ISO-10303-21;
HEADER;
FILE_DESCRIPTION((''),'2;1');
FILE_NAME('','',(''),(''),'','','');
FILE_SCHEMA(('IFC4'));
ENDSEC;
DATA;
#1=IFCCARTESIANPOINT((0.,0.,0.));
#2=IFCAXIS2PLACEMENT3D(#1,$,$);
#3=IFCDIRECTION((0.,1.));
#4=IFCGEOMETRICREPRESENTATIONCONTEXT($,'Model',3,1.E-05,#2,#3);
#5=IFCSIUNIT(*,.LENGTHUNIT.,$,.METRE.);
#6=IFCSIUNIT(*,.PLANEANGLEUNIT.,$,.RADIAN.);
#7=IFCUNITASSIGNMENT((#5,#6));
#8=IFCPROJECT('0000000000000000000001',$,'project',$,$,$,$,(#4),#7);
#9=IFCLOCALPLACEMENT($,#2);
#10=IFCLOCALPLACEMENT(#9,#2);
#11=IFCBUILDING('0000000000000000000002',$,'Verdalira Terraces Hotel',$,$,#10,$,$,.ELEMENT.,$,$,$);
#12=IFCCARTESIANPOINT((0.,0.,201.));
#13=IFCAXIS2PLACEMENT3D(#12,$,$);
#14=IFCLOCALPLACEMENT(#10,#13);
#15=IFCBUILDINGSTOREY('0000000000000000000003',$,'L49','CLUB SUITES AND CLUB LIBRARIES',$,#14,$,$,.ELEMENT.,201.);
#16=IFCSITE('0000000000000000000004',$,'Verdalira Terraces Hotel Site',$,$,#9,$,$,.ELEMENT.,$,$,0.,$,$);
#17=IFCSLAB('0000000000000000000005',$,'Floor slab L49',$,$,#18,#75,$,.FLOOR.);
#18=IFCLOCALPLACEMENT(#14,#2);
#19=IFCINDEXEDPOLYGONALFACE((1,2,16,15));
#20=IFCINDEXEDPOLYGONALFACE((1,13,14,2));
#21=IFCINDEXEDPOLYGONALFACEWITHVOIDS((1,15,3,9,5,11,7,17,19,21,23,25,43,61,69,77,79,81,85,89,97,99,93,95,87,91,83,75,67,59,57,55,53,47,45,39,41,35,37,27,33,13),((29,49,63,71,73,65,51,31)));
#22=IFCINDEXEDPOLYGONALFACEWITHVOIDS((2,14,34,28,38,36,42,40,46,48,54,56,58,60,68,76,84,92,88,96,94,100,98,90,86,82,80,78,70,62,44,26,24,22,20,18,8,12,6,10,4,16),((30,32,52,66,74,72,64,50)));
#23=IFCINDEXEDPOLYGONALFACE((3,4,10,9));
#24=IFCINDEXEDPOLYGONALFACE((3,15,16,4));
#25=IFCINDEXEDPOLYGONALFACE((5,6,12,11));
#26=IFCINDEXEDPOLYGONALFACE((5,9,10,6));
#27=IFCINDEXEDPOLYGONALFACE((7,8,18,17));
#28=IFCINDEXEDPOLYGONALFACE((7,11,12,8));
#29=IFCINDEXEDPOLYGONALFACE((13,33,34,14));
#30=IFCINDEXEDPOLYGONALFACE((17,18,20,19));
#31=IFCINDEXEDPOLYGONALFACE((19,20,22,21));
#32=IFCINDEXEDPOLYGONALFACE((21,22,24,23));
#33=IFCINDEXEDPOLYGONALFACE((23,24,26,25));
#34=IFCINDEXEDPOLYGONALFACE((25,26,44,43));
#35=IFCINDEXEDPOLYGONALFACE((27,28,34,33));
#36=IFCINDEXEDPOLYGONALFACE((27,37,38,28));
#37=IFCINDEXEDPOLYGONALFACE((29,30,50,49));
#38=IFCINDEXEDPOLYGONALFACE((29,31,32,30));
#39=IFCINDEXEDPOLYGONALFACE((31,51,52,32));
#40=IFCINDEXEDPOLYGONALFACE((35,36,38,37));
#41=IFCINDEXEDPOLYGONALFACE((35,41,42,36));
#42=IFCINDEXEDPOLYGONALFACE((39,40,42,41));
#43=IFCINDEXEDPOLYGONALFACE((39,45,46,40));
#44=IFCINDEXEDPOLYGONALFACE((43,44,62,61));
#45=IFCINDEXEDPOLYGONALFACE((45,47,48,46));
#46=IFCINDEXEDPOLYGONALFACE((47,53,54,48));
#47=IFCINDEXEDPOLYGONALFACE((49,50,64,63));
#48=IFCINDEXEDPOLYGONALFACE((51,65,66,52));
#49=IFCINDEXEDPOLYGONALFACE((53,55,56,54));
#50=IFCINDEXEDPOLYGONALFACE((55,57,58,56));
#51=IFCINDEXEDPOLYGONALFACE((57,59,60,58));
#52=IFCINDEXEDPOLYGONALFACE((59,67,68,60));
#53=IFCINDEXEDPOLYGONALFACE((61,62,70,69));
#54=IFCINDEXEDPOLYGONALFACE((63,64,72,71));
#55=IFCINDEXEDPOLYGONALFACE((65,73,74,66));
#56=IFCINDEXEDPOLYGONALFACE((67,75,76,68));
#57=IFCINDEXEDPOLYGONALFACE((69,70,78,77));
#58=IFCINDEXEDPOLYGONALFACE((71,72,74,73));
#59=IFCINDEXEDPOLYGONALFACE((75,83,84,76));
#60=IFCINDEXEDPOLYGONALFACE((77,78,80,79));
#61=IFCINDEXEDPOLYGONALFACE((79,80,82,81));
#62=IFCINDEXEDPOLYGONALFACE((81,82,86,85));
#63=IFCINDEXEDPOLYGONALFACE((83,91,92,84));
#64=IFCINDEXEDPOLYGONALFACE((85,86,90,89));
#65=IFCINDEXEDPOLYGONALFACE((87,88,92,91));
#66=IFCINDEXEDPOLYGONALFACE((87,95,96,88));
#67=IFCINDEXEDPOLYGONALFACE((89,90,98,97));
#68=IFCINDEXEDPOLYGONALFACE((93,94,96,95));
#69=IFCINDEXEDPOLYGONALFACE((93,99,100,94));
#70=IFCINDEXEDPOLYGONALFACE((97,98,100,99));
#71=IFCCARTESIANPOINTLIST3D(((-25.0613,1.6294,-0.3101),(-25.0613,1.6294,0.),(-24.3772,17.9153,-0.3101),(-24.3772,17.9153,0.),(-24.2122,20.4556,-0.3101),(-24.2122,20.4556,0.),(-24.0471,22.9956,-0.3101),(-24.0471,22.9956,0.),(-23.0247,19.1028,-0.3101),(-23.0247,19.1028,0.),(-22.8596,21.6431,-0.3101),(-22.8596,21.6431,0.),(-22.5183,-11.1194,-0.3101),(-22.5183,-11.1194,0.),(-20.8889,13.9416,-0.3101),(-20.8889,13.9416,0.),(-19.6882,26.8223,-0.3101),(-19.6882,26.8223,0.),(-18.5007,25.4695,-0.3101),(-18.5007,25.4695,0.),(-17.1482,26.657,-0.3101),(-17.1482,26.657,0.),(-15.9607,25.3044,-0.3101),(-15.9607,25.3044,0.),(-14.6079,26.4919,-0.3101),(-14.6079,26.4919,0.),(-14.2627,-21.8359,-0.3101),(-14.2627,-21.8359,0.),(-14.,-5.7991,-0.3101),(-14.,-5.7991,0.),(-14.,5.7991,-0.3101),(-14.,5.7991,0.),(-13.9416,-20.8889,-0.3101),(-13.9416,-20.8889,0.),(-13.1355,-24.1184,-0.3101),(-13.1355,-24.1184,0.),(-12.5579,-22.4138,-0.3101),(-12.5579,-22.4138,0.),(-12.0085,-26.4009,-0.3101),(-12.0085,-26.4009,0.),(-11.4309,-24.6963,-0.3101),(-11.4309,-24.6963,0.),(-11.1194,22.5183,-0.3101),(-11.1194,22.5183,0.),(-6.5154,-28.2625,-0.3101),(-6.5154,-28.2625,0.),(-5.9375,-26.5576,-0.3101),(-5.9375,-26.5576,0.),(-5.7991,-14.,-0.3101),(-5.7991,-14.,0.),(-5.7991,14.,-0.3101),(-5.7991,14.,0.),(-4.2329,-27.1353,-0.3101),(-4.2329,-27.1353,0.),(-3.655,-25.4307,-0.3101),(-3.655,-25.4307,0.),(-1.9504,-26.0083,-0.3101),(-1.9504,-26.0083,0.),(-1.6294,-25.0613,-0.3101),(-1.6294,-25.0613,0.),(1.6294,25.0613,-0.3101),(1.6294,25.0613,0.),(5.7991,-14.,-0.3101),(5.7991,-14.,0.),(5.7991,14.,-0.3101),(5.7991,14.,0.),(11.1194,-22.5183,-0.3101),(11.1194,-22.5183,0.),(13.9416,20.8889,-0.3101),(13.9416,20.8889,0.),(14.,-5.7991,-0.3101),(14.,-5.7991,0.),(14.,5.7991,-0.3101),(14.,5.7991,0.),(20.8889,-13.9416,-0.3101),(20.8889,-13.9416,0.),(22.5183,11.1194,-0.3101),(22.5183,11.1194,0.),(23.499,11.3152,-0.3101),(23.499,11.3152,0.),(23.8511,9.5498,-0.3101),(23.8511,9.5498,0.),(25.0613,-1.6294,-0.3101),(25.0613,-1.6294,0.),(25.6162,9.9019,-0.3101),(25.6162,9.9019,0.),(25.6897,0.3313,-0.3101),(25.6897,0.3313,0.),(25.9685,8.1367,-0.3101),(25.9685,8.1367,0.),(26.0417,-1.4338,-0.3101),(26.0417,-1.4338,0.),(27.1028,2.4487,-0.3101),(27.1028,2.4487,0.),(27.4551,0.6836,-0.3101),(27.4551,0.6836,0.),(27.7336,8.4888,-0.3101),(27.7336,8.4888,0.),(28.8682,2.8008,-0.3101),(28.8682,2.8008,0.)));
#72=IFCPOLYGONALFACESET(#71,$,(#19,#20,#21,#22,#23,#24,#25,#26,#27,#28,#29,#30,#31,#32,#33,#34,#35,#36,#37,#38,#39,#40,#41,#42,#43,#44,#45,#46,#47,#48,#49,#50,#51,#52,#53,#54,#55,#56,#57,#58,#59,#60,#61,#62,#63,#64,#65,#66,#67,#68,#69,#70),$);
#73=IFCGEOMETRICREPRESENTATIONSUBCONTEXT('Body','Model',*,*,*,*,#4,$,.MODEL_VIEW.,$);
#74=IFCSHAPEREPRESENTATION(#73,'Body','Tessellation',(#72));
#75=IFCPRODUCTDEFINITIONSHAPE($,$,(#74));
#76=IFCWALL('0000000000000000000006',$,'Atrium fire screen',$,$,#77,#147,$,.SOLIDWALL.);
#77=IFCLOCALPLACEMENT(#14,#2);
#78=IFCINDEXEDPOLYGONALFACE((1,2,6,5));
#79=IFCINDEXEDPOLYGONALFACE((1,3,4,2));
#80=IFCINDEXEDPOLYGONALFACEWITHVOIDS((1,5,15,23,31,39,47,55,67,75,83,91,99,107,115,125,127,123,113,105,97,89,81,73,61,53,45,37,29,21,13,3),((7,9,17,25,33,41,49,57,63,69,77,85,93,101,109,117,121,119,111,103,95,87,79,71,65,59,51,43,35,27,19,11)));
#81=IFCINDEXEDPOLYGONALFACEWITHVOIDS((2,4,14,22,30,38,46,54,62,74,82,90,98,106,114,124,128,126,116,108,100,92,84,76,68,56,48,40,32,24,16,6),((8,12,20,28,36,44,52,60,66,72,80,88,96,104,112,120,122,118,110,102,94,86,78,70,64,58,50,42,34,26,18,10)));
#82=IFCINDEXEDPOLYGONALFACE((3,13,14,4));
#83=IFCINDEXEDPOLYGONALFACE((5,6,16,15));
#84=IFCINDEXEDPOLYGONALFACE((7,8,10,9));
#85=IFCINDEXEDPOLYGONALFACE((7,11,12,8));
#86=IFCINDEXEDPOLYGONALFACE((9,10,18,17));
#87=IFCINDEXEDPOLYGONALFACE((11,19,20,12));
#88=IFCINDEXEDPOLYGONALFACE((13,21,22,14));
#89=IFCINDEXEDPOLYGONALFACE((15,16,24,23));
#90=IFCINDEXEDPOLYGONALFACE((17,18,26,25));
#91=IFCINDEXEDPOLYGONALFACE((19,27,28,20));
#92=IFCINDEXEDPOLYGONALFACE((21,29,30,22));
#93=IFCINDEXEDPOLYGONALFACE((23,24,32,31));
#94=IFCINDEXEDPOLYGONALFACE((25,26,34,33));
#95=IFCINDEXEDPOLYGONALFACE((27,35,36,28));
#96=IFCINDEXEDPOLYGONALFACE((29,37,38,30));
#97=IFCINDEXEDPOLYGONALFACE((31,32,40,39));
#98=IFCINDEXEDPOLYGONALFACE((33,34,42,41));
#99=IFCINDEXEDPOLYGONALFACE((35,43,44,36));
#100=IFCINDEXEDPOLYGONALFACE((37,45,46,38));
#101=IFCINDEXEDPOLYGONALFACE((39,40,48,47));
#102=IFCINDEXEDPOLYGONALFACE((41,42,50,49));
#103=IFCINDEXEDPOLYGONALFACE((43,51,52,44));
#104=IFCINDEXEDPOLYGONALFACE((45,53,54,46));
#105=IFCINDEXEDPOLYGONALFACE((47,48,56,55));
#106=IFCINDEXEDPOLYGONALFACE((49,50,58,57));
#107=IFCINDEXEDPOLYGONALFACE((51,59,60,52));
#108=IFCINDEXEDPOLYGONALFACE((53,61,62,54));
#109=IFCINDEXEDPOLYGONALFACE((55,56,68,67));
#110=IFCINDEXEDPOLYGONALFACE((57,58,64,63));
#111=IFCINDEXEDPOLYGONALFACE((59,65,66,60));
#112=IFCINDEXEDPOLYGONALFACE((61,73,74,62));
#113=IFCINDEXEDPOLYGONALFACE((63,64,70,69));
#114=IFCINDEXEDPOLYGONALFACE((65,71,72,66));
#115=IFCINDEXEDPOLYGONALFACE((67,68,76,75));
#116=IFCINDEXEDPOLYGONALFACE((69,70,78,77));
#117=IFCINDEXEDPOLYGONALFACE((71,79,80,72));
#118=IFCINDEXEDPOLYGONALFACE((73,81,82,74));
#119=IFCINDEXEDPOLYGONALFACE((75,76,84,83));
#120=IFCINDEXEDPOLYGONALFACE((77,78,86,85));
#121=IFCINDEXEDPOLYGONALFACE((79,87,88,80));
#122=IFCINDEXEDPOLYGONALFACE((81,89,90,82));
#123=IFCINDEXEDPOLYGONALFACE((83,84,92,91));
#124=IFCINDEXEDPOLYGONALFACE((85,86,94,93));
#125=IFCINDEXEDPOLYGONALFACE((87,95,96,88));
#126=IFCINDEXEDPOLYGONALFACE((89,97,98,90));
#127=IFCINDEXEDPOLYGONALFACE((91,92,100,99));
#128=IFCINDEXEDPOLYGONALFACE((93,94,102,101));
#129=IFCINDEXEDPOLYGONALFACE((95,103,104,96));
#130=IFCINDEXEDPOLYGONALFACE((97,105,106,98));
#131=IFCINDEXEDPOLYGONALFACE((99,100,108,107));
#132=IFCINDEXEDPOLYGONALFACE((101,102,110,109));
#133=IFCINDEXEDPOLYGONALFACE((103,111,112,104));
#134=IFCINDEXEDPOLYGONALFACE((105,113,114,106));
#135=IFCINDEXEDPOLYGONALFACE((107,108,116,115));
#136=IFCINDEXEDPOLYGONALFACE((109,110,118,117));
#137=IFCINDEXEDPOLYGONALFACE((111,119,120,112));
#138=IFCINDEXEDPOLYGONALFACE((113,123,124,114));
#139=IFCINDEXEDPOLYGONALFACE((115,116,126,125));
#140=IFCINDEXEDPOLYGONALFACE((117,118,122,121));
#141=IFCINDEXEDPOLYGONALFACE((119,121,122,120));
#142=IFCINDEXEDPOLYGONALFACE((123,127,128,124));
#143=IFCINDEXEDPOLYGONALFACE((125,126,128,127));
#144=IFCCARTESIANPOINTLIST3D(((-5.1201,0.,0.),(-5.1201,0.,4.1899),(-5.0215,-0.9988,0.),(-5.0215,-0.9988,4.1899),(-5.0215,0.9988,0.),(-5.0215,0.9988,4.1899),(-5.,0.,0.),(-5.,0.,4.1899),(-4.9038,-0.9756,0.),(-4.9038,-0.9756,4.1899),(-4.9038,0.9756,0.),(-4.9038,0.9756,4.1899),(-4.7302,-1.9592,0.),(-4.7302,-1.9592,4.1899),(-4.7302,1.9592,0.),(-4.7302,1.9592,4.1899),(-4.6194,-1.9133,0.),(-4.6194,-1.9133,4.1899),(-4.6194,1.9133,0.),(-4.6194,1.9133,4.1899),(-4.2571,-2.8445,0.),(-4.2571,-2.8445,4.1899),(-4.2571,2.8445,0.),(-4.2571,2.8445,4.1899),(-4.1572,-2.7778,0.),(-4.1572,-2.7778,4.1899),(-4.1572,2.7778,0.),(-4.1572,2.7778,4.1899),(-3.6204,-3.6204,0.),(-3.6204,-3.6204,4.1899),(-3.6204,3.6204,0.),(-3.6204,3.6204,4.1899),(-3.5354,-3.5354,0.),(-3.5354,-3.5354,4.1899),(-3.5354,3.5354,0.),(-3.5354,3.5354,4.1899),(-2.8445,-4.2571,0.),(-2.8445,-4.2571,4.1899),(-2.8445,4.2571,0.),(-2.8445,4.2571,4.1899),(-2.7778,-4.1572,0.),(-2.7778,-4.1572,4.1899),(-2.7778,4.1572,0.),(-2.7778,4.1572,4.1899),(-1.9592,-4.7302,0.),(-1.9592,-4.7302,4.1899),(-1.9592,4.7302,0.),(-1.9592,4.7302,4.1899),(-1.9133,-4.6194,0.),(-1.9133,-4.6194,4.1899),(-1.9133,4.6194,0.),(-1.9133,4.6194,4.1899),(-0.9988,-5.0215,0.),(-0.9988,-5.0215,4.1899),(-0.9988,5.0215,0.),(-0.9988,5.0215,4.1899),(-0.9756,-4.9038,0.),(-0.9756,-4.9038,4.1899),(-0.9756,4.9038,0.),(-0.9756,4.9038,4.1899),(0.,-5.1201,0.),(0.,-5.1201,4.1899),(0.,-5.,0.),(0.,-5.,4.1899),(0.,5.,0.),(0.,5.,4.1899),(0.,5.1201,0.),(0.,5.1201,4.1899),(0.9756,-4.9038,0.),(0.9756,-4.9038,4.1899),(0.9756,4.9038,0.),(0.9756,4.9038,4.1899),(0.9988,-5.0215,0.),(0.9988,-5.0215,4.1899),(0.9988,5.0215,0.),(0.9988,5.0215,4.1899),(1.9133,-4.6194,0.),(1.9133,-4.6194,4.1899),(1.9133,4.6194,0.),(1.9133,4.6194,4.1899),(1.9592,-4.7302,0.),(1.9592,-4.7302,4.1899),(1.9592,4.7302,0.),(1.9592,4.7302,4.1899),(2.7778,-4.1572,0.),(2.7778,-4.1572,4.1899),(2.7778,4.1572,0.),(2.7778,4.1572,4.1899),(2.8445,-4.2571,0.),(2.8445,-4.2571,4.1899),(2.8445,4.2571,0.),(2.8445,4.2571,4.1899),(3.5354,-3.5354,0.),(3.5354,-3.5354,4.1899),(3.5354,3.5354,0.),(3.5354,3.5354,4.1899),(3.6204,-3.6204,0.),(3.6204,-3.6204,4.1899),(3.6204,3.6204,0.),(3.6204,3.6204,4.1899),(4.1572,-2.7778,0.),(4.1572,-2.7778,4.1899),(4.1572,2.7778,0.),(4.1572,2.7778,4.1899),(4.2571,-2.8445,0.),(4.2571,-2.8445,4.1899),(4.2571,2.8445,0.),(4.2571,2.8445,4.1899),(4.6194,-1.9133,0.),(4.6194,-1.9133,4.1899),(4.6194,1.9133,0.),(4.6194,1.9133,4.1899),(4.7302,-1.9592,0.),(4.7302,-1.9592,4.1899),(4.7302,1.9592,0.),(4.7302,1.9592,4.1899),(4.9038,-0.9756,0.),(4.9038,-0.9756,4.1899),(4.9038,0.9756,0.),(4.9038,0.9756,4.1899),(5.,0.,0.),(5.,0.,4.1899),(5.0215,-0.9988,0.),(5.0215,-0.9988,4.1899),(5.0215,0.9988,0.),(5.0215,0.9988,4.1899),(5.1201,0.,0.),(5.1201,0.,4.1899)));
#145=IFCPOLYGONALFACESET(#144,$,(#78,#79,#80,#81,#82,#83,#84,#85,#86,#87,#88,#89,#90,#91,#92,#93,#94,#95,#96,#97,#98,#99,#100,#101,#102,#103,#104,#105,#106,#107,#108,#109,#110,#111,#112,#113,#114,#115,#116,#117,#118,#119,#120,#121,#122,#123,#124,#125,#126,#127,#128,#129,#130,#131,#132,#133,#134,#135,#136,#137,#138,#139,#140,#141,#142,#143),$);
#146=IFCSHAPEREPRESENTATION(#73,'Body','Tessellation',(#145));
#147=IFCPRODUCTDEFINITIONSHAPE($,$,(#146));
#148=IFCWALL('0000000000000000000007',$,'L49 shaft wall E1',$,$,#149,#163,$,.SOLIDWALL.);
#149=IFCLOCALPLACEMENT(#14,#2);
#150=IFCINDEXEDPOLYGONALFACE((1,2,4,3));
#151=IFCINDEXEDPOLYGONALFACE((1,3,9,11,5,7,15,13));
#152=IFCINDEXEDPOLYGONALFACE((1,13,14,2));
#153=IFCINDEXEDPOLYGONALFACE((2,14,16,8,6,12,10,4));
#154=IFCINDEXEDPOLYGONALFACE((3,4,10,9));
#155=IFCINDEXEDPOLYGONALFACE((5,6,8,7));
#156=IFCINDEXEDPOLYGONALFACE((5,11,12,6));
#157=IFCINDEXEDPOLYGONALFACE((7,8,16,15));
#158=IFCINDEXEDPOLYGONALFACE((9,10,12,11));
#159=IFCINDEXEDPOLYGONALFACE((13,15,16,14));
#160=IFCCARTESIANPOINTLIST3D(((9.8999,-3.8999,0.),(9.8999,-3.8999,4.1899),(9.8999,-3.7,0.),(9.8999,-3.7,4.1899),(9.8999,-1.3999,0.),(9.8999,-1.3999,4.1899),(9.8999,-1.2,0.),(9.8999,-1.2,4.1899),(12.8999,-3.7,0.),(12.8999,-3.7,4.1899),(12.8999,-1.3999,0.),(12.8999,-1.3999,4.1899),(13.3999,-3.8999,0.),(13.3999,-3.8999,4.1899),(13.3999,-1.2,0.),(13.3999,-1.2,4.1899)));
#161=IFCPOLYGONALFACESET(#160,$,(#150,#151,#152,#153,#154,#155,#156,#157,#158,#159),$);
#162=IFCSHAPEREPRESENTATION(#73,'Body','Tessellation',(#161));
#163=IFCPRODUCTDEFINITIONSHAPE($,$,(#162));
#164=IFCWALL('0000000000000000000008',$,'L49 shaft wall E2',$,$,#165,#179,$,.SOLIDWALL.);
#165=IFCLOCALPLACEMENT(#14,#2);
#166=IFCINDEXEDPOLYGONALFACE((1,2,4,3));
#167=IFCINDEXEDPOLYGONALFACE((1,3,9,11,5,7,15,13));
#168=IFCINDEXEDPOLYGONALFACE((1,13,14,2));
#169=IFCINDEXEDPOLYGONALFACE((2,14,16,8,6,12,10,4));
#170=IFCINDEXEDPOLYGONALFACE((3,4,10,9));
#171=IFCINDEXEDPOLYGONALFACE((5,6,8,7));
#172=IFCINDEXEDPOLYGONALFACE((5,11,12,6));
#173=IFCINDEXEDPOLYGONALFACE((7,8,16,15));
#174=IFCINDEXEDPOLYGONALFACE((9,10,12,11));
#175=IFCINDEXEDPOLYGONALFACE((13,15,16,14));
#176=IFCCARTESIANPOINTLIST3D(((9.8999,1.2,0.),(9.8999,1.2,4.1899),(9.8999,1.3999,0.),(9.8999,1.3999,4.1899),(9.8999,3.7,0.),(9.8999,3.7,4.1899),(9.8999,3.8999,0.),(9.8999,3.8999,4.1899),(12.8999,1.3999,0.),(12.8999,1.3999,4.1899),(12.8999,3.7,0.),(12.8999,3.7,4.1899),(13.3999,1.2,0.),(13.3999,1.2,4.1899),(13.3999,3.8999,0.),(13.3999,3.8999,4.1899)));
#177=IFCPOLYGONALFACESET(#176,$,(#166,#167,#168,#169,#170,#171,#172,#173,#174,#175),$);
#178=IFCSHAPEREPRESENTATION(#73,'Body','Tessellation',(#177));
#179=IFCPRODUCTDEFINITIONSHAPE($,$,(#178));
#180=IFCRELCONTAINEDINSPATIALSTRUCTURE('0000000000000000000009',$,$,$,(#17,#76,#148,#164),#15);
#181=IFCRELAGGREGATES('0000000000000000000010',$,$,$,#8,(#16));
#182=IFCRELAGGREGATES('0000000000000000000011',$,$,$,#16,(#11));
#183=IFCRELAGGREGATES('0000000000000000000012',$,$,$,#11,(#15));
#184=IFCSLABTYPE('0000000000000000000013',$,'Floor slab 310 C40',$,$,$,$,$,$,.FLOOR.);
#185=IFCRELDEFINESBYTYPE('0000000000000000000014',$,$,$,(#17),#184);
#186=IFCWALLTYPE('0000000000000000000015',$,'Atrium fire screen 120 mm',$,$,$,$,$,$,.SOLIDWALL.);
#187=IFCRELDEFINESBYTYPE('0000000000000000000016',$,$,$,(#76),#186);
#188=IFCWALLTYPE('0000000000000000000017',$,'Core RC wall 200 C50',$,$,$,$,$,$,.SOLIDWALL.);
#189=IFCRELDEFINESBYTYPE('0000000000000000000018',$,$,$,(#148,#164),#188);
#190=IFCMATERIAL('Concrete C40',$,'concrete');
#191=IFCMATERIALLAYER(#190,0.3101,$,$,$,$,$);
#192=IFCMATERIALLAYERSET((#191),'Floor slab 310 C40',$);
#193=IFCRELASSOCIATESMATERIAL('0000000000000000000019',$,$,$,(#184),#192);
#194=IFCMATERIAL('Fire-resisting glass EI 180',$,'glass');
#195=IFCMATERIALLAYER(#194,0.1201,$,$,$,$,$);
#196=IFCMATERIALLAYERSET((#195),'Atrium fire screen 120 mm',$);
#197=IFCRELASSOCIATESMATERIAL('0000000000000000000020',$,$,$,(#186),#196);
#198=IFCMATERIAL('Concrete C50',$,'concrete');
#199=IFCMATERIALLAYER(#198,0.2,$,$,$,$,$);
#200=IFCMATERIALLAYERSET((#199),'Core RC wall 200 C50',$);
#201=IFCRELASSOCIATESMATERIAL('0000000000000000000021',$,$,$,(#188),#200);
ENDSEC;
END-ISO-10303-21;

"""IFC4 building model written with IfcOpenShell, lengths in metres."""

from ifc_helpers import new_model, si_unit, direction, frame, origin, place, context, subcontext, project, spatial, polyline, outline, extrude, material, layer, layer_set, type_object, element, save


model = new_model("IFC4")

# Units and contexts
model_context = context("Model", 3, precision=1e-05, world=origin(), true_north=direction((0.0, 1.0)))
body_context = subcontext(model_context, "Body", "Model", "MODEL_VIEW")
ifc_project = project(units=[si_unit("LENGTHUNIT", "METRE"), si_unit("PLANEANGLEUNIT", "RADIAN")], contexts=[model_context])

# Site, building, storey
site_placement = place(None, origin())
site = spatial("IfcSite", under=ifc_project, at=site_placement, Name="Verdalira Terraces Hotel Site", CompositionType="ELEMENT", RefElevation=0.0)
building_placement = place(site_placement, origin())
building = spatial("IfcBuilding", under=site, at=building_placement, Name="Verdalira Terraces Hotel", CompositionType="ELEMENT")
storey_placement = place(building_placement, frame((0.0, 0.0, 201.0)))
storey = spatial("IfcBuildingStorey", under=building, at=storey_placement, Name="L49", Description="CLUB SUITES AND CLUB LIBRARIES", CompositionType="ELEMENT", Elevation=201.0)

# Slab
ifc_material_1 = material(Name="Concrete C40", Category="concrete")
ifc_layer_1 = layer(ifc_material_1, 0.3101)
ifc_layer_set_1 = layer_set([ifc_layer_1], Name="Floor slab 310 C40")
slab_type_1 = type_object("IfcSlabType", Name="Floor slab 310 C40", PredefinedType="FLOOR", material=ifc_layer_set_1)
slab_1_placement = place(storey_placement, frame((0.0, 0.0, -0.3101)))
element("IfcSlab", 1, at=slab_1_placement, inside=storey, type_object=slab_type_1, Name="Floor slab L49", PredefinedType="FLOOR", context=body_context, shape_type="SweptSolid", body=[
    extrude(outline(polyline([(1.6294, 25.0613), (-11.1194, 22.5183), (-14.6079, 26.4919), (-15.9607, 25.3044), (-17.1482, 26.657), (-18.5007, 25.4695), (-19.6882, 26.8223), (-24.0471, 22.9956), (-22.8596, 21.6431), (-24.2122, 20.4556), (-23.0247, 19.1028), (-24.3772, 17.9153), (-20.8889, 13.9416), (-25.0613, 1.6294), (-22.5183, -11.1194), (-13.9416, -20.8889), (-14.2627, -21.8359), (-12.5579, -22.4138), (-13.1355, -24.1184), (-11.4309, -24.6963), (-12.0085, -26.4009), (-6.5154, -28.2625), (-5.9375, -26.5576), (-4.2329, -27.1353), (-3.655, -25.4307), (-1.9504, -26.0083), (-1.6294, -25.0613), (11.1194, -22.5183), (20.8889, -13.9416), (25.0613, -1.6294), (26.0417, -1.4338), (25.6897, 0.3313), (27.4551, 0.6836), (27.1028, 2.4487), (28.8682, 2.8008), (27.7336, 8.4888), (25.9685, 8.1367), (25.6162, 9.9019), (23.8511, 9.5498), (23.499, 11.3152), (22.5183, 11.1194), (13.9416, 20.8889), (1.6294, 25.0613)]), holes=[polyline([(5.7991, 14.0), (14.0, 5.7991), (14.0, -5.7991), (5.7991, -14.0), (-5.7991, -14.0), (-14.0, -5.7991), (-14.0, 5.7991), (-5.7991, 14.0), (5.7991, 14.0)])]), origin(), (0.0, 0.0, 1.0), 0.3101),
])

# Walls
ifc_material_2 = material(Name="Fire-resisting glass EI 180", Category="glass")
ifc_layer_2 = layer(ifc_material_2, 0.1201)
ifc_layer_set_2 = layer_set([ifc_layer_2], Name="Atrium fire screen 120 mm")
wall_type_1 = type_object("IfcWallType", Name="Atrium fire screen 120 mm", PredefinedType="SOLIDWALL", material=ifc_layer_set_2)
wall_1_placement = place(storey_placement, origin())
element("IfcWall", 2, at=wall_1_placement, inside=storey, type_object=wall_type_1, Name="Atrium fire screen", PredefinedType="SOLIDWALL", context=body_context, shape_type="SweptSolid", body=[
    extrude(outline(polyline([(5.0215, -0.9988), (4.7302, -1.9592), (4.2571, -2.8445), (3.6204, -3.6204), (2.8445, -4.2571), (1.9592, -4.7302), (0.9988, -5.0215), (0.0, -5.1201), (-0.9988, -5.0215), (-1.9592, -4.7302), (-2.8445, -4.2571), (-3.6204, -3.6204), (-4.2571, -2.8445), (-4.7302, -1.9592), (-5.0215, -0.9988), (-5.1201, 0.0), (-5.0215, 0.9988), (-4.7302, 1.9592), (-4.2571, 2.8445), (-3.6204, 3.6204), (-2.8445, 4.2571), (-1.9592, 4.7302), (-0.9988, 5.0215), (0.0, 5.1201), (0.9988, 5.0215), (1.9592, 4.7302), (2.8445, 4.2571), (3.6204, 3.6204), (4.2571, 2.8445), (4.7302, 1.9592), (5.0215, 0.9988), (5.1201, 0.0), (5.0215, -0.9988)]), holes=[polyline([(4.9038, 0.9756), (4.6194, 1.9133), (4.1572, 2.7778), (3.5354, 3.5354), (2.7778, 4.1572), (1.9133, 4.6194), (0.9756, 4.9038), (0.0, 5.0), (-0.9756, 4.9038), (-1.9133, 4.6194), (-2.7778, 4.1572), (-3.5354, 3.5354), (-4.1572, 2.7778), (-4.6194, 1.9133), (-4.9038, 0.9756), (-5.0, 0.0), (-4.9038, -0.9756), (-4.6194, -1.9133), (-4.1572, -2.7778), (-3.5354, -3.5354), (-2.7778, -4.1572), (-1.9133, -4.6194), (-0.9756, -4.9038), (0.0, -5.0), (0.9756, -4.9038), (1.9133, -4.6194), (2.7778, -4.1572), (3.5354, -3.5354), (4.1572, -2.7778), (4.6194, -1.9133), (4.9038, -0.9756), (5.0, 0.0), (4.9038, 0.9756)])]), origin(), (0.0, 0.0, 1.0), 4.1899),
])
ifc_material_3 = material(Name="Concrete C50", Category="concrete")
ifc_layer_3 = layer(ifc_material_3, 0.2)
ifc_layer_set_3 = layer_set([ifc_layer_3], Name="Core RC wall 200 C50")
wall_type_2 = type_object("IfcWallType", Name="Core RC wall 200 C50", PredefinedType="SOLIDWALL", material=ifc_layer_set_3)
wall_2_placement = place(storey_placement, origin())
element("IfcWall", 3, at=wall_2_placement, inside=storey, type_object=wall_type_2, Name="L49 shaft wall E1", PredefinedType="SOLIDWALL", context=body_context, shape_type="SweptSolid", body=[
    extrude(outline(polyline([(13.3999, -3.8999), (9.8999, -3.8999), (9.8999, -3.7), (12.8999, -3.7), (12.8999, -1.3999), (9.8999, -1.3999), (9.8999, -1.2), (13.3999, -1.2), (13.3999, -3.8999)])), origin(), (0.0, 0.0, 1.0), 4.1899),
])
wall_3_placement = place(storey_placement, origin())
element("IfcWall", 4, at=wall_3_placement, inside=storey, type_object=wall_type_2, Name="L49 shaft wall E2", PredefinedType="SOLIDWALL", context=body_context, shape_type="SweptSolid", body=[
    extrude(outline(polyline([(13.3999, 3.8999), (13.3999, 1.2), (9.8999, 1.2), (9.8999, 1.3999), (12.8999, 1.3999), (12.8999, 3.7), (9.8999, 3.7), (9.8999, 3.8999), (13.3999, 3.8999)])), origin(), (0.0, 0.0, 1.0), 4.1899),
])

save(model, "model.ifc")
